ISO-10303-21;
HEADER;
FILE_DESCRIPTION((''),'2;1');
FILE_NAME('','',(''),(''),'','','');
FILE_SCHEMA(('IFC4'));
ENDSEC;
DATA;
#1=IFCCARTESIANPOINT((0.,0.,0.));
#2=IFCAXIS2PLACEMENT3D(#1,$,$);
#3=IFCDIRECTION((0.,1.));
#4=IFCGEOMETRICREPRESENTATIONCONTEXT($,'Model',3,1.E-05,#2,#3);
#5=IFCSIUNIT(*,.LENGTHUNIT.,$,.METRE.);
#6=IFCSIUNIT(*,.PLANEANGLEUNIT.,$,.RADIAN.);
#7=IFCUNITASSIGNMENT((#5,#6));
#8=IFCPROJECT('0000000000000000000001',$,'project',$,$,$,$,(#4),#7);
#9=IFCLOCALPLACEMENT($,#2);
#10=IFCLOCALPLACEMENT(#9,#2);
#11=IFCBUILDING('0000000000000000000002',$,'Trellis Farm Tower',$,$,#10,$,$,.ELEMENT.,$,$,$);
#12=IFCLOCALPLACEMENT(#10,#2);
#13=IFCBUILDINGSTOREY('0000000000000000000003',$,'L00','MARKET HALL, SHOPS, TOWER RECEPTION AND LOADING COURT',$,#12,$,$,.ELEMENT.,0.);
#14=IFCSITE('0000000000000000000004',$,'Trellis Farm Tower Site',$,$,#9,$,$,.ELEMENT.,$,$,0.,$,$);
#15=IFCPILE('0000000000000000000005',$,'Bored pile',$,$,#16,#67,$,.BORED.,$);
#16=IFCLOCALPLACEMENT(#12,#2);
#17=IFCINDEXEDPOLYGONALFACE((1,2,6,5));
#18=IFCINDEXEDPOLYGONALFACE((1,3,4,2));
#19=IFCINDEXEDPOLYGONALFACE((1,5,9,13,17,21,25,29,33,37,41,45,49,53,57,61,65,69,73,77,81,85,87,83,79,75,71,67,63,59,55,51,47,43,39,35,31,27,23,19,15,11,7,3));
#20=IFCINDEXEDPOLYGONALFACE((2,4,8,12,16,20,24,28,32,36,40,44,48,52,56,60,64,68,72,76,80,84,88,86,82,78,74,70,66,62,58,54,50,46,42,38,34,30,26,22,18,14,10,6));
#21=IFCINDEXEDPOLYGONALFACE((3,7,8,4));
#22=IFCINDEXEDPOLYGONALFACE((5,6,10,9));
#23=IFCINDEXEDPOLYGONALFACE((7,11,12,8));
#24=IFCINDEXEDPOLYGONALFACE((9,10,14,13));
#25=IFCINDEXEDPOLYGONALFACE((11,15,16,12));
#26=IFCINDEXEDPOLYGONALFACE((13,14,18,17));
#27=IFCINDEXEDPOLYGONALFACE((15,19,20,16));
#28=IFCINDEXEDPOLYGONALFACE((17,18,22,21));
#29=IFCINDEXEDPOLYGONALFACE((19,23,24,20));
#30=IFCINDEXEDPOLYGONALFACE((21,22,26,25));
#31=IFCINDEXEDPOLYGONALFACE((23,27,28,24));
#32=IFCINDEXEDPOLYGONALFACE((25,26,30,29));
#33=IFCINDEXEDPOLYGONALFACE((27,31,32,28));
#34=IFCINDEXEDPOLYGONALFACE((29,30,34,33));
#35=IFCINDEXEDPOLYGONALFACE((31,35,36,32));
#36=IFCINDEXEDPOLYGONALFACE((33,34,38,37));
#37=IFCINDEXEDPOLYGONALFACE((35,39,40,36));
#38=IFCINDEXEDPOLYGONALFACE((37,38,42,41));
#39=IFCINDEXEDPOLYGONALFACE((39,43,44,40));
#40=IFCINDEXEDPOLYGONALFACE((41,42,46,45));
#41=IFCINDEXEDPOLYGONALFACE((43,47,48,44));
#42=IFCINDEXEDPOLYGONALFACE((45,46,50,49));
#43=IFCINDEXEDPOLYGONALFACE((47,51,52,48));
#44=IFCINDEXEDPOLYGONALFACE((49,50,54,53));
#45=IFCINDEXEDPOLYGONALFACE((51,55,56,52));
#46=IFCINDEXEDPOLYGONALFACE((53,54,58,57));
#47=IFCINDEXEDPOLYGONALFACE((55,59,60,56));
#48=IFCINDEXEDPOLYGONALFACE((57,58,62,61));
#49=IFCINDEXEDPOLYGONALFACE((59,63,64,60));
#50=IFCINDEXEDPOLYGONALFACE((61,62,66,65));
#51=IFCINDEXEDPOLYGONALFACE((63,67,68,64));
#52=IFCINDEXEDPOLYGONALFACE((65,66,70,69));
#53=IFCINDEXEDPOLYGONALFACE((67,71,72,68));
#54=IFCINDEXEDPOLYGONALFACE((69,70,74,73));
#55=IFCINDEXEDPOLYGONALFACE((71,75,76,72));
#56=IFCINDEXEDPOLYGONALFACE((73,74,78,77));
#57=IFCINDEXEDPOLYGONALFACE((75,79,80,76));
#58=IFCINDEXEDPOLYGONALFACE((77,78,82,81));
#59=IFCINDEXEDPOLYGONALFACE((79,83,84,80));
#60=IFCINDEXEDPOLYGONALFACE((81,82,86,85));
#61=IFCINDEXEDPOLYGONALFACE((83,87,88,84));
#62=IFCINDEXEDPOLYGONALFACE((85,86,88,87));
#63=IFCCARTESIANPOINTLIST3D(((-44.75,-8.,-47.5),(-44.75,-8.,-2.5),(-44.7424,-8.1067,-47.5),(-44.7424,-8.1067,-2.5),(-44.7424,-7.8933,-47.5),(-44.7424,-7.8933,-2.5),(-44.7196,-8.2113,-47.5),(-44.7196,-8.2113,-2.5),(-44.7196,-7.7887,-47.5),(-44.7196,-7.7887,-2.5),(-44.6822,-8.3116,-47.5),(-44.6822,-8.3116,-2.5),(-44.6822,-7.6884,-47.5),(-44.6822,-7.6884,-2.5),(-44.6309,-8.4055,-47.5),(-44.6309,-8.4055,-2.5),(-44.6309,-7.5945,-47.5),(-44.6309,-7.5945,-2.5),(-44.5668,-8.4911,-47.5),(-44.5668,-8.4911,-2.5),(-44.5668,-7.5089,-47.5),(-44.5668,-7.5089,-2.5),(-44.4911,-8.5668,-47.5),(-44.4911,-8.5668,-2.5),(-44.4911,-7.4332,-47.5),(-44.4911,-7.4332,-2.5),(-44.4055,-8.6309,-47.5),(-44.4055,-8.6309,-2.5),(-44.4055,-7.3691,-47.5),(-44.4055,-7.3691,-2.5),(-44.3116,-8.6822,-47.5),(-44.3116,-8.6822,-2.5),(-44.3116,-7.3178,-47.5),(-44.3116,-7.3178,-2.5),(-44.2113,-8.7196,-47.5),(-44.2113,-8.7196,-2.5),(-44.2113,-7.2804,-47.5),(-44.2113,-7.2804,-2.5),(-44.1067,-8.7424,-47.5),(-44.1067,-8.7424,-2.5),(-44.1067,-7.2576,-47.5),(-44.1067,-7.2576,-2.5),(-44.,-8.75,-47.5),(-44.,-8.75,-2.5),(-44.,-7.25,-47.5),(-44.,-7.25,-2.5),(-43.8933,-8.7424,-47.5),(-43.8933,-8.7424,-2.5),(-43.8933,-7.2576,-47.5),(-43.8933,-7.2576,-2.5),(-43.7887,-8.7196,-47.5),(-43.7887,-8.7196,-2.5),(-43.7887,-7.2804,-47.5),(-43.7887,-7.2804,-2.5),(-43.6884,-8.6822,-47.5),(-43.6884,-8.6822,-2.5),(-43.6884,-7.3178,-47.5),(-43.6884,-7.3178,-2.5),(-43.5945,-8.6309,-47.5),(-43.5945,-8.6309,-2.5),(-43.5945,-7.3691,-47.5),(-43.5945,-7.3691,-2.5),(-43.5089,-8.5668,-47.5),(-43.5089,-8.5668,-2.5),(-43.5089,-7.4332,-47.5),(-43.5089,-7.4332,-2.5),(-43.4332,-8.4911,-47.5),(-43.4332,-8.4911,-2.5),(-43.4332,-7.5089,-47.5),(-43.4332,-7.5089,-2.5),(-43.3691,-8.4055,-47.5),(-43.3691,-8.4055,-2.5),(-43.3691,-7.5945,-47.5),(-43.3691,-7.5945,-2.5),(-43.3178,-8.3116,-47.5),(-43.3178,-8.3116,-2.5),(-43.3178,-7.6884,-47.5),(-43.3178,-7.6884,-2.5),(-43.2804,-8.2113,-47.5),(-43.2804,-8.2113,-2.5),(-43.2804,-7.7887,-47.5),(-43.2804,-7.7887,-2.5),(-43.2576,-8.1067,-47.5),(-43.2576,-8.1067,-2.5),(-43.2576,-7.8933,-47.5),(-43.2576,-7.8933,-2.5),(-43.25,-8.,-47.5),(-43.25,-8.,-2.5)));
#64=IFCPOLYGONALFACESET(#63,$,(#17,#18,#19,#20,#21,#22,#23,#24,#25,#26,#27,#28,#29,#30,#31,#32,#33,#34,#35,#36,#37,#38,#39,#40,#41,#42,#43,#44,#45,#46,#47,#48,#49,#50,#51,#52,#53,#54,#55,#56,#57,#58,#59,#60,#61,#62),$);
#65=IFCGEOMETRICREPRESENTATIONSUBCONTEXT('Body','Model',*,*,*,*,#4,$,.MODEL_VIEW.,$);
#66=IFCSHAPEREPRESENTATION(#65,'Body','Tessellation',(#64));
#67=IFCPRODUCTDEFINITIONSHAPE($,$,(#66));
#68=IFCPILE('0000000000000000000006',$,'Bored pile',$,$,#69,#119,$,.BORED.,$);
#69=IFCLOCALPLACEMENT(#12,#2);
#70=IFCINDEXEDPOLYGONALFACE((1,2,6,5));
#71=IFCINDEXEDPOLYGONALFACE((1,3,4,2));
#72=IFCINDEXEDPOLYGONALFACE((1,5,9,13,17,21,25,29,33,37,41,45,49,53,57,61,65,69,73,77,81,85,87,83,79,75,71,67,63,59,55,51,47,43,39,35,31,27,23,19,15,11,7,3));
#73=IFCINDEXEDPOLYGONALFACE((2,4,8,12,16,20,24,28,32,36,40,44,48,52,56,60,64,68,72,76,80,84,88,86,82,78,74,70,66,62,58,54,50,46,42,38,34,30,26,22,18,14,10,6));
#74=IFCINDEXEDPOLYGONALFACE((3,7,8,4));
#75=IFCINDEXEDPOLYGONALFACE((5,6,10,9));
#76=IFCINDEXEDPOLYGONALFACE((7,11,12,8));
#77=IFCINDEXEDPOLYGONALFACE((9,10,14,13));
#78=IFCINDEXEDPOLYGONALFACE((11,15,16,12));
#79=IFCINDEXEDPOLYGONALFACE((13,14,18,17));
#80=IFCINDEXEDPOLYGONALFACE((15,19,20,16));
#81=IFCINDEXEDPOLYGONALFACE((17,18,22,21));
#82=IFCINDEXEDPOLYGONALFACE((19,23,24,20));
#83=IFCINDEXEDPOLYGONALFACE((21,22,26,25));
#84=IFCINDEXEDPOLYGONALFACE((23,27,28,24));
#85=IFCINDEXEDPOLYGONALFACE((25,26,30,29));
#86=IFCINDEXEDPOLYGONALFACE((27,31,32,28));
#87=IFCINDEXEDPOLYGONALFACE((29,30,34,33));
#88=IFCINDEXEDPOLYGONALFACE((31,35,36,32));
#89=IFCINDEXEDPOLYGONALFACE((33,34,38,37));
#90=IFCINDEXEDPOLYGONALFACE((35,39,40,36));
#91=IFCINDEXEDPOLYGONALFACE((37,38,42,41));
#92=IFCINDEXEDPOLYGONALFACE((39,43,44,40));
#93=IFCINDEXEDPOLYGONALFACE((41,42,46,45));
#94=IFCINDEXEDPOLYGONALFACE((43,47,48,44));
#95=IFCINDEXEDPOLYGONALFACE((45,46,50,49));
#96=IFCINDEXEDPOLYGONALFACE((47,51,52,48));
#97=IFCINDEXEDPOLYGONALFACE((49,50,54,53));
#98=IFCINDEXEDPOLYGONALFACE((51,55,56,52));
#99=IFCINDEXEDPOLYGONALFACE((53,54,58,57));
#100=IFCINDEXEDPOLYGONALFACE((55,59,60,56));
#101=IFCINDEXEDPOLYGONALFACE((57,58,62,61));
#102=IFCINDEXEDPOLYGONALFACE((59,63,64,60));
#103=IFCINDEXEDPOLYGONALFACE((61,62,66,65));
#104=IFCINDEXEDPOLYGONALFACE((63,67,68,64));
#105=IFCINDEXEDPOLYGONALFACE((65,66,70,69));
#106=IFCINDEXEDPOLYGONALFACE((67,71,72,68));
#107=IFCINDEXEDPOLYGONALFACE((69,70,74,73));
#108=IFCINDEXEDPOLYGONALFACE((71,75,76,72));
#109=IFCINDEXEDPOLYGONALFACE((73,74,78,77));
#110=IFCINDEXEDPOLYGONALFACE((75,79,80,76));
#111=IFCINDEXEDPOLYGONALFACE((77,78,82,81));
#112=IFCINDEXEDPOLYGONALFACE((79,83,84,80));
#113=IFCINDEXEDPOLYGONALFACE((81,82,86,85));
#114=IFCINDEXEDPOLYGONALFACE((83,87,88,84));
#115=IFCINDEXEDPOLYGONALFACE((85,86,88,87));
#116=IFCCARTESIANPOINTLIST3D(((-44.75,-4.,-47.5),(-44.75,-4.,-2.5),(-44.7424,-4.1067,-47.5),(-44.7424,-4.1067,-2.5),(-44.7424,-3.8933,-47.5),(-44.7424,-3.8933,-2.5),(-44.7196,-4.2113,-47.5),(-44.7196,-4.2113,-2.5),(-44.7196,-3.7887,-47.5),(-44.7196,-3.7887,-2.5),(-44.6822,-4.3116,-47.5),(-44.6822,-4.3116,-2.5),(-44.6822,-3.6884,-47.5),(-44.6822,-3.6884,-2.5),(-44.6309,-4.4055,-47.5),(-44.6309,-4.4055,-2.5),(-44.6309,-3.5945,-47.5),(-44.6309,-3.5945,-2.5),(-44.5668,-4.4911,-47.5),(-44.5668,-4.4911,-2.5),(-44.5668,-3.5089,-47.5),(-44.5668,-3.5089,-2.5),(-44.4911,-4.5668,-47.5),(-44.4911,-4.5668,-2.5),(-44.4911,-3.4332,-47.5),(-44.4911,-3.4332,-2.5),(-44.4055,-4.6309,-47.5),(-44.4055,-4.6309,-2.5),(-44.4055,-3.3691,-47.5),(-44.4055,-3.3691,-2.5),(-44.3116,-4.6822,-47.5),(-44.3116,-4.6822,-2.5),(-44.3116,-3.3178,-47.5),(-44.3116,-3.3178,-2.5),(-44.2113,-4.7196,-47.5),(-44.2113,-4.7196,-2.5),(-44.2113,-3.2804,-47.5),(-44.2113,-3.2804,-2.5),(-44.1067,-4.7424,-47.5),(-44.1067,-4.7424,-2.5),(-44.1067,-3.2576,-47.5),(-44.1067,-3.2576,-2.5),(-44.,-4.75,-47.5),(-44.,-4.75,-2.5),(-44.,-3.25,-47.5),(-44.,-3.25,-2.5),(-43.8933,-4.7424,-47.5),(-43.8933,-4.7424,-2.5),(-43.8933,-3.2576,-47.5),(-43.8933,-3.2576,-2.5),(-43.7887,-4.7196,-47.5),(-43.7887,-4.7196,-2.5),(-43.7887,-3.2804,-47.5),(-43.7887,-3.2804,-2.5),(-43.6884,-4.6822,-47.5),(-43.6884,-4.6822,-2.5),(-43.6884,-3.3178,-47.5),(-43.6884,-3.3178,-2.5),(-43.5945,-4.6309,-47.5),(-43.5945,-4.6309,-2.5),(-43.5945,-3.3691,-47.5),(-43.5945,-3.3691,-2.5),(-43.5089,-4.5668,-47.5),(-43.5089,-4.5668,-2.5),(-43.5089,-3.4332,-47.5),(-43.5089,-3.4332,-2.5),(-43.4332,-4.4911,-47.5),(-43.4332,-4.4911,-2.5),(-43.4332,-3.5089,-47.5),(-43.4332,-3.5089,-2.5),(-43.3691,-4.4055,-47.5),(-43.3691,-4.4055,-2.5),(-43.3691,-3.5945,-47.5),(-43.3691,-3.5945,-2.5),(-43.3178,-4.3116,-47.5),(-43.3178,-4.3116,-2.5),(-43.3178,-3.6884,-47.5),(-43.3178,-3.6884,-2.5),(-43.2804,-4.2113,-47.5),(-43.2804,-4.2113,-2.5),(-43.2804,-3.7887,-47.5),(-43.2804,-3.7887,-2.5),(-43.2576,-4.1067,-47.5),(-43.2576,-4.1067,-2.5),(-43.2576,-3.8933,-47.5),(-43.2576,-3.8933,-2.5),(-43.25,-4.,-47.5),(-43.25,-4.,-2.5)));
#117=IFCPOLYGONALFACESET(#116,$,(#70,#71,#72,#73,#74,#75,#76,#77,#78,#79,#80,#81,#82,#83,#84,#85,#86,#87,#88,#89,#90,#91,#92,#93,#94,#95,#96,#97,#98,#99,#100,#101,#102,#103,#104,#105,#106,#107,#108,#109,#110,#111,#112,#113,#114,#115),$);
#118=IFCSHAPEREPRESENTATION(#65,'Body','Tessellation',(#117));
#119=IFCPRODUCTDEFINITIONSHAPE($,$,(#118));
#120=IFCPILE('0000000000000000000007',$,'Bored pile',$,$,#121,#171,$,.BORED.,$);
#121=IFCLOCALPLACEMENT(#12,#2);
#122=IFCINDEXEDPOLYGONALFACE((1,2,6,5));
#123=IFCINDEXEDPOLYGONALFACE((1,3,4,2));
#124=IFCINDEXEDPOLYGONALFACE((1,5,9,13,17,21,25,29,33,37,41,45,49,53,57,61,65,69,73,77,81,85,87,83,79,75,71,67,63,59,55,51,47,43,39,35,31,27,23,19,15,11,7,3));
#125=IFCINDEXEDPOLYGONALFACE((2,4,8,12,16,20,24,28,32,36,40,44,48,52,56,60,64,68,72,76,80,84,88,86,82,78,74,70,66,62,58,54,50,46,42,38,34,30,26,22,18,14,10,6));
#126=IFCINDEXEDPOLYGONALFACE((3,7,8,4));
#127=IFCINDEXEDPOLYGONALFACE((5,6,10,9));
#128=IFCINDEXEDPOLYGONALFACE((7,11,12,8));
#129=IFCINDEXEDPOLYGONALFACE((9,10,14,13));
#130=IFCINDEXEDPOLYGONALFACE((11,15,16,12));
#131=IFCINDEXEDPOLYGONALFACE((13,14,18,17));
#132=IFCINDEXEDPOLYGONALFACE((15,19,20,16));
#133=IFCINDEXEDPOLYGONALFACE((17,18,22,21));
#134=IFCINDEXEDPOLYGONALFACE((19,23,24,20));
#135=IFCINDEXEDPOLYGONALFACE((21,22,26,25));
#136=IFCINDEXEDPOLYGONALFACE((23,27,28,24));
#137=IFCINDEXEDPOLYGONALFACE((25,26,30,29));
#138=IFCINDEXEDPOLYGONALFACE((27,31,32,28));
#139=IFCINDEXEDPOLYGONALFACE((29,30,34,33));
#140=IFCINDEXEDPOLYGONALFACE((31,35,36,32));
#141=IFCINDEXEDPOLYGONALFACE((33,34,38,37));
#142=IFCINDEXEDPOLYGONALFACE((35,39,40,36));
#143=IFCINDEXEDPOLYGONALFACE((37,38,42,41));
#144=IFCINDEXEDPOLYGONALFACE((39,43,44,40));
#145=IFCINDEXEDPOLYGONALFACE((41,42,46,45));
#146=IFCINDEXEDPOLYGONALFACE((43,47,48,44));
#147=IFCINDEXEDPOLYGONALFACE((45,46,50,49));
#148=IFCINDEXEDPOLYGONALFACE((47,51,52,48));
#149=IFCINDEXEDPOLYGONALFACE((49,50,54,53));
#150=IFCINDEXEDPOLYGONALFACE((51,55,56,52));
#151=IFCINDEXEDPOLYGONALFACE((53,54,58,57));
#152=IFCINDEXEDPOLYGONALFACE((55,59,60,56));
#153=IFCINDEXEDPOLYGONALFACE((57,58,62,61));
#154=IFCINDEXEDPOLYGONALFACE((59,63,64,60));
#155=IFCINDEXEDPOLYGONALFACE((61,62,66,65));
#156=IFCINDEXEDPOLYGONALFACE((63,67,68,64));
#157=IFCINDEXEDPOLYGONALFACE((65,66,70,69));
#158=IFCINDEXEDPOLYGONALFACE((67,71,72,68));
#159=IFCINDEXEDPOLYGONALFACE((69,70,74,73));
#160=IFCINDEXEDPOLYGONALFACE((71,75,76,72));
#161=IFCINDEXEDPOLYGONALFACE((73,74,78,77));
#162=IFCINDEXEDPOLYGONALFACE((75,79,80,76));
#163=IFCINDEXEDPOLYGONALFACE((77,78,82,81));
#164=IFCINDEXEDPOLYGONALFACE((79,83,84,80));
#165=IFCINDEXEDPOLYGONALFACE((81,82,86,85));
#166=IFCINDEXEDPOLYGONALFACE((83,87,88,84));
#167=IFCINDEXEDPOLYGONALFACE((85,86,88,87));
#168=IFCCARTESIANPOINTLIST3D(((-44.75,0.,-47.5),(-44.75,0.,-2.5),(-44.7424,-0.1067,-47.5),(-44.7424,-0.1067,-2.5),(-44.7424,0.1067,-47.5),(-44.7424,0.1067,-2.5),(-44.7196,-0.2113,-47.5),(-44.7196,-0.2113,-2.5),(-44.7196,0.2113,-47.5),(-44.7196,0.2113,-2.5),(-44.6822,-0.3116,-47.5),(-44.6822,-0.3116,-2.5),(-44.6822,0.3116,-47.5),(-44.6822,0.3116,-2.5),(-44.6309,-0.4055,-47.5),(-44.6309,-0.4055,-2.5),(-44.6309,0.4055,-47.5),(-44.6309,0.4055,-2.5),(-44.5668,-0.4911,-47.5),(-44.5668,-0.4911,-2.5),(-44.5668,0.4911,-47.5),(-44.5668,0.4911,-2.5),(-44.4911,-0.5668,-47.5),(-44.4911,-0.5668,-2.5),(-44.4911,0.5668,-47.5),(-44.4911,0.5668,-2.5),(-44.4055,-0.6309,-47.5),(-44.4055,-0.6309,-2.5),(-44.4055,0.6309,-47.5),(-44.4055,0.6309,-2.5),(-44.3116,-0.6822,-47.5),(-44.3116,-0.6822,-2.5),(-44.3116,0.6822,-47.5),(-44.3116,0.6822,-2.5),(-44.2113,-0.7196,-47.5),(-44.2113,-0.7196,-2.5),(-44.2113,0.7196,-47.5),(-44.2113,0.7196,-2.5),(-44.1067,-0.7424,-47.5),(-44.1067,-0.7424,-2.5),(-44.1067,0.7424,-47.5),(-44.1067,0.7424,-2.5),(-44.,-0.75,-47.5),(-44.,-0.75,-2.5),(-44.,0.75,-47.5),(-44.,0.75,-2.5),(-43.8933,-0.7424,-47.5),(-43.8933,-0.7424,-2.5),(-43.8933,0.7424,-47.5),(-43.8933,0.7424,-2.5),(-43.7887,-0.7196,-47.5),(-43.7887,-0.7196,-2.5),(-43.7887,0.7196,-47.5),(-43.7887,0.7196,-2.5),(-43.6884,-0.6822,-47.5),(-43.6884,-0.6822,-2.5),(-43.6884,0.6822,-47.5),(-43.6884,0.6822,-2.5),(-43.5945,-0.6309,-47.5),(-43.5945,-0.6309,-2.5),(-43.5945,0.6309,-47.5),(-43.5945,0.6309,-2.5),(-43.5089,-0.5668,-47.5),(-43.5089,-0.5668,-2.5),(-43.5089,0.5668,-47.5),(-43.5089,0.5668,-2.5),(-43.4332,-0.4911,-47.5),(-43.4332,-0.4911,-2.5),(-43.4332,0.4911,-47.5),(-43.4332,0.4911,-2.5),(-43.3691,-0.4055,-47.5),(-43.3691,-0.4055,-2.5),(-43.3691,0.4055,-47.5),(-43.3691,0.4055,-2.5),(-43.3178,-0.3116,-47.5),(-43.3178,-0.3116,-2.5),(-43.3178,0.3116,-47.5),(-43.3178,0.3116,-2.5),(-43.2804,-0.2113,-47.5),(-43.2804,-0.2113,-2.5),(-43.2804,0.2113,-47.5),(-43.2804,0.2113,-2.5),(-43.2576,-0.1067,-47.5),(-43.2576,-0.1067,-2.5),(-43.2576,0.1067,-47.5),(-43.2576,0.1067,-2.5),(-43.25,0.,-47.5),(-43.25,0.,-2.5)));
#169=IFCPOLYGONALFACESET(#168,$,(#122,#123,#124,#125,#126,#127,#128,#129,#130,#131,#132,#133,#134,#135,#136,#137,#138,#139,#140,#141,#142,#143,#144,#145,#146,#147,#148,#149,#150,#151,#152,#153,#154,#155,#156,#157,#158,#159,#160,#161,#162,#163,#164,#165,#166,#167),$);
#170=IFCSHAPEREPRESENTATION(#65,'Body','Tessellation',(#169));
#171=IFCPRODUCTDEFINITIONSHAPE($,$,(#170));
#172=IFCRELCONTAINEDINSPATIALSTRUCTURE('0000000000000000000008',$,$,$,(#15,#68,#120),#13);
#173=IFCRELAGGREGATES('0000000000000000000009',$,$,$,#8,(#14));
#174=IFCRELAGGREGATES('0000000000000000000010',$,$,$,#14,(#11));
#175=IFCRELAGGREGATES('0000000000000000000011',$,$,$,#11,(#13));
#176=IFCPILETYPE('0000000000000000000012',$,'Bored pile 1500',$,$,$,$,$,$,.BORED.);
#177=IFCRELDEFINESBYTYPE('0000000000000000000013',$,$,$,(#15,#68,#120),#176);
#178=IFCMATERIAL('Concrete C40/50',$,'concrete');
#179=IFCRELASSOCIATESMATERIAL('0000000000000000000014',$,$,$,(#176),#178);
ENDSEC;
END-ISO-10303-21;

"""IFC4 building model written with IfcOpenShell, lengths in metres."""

from ifc_helpers import new_model, si_unit, direction, frame, origin, origin_2d, place, context, subcontext, project, spatial, circle, extrude, source, transform, mapped, material, material_profile, profile_set, type_object, element, save


model = new_model("IFC4")

# Units and contexts
model_context = context("Model", 3, precision=1e-05, world=origin(), true_north=direction((0.0, 1.0)))
body_context = subcontext(model_context, "Body", "Model", "MODEL_VIEW")
ifc_project = project(units=[si_unit("LENGTHUNIT", "METRE"), si_unit("PLANEANGLEUNIT", "RADIAN")], contexts=[model_context])

# Site, building, storey
site_placement = place(None, origin())
site = spatial("IfcSite", under=ifc_project, at=site_placement, Name="Trellis Farm Tower Site", CompositionType="ELEMENT", RefElevation=0.0)
building_placement = place(site_placement, origin())
building = spatial("IfcBuilding", under=site, at=building_placement, Name="Trellis Farm Tower", CompositionType="ELEMENT")
storey_placement = place(building_placement, origin())
storey = spatial("IfcBuildingStorey", under=building, at=storey_placement, Name="L00", Description="MARKET HALL, SHOPS, TOWER RECEPTION AND LOADING COURT", CompositionType="ELEMENT", Elevation=0.0)

# Piles
ifc_material_1 = material(Name="Concrete C40/50", Category="concrete")
ifc_material_profile_1 = material_profile(ifc_material_1, circle(Radius=0.75, at=origin_2d()), Name="Bored pile 1500")
ifc_profile_set_1 = profile_set([ifc_material_profile_1], Name="Concrete C40/50")
pile_type = type_object("IfcPileType", Name="Bored pile 1500", PredefinedType="BORED", material=ifc_profile_set_1)
shared_shape_1 = source(origin(), body_context, "Body", "SweptSolid", [
    extrude(circle(Radius=0.75, at=origin_2d()), origin(), (0.0, 0.0, 1.0), 45.0),
])
for number, where, z_axis, x_axis, name in (
    (1, (-44.0, -8.0, -2.5), (0.0, 0.0, -1.0), (1.0, 0.0, 0.0), "Bored pile"),
    (2, (-44.0, -4.0, -2.5), (0.0, 0.0, -1.0), (1.0, 0.0, 0.0), "Bored pile"),
    (3, (-44.0, 0.0, -2.5), (0.0, 0.0, -1.0), (1.0, 0.0, 0.0), "Bored pile"),
):
    element("IfcPile", number, at=place(storey_placement, frame(where, z_axis=z_axis, x_axis=x_axis)), inside=storey, type_object=pile_type, Name=name, PredefinedType="BORED", context=body_context, shape_type="MappedRepresentation", body=[
        mapped(shared_shape_1, transform((0.0, 0.0, 0.0))),
    ])

save(model, "model.ifc")
